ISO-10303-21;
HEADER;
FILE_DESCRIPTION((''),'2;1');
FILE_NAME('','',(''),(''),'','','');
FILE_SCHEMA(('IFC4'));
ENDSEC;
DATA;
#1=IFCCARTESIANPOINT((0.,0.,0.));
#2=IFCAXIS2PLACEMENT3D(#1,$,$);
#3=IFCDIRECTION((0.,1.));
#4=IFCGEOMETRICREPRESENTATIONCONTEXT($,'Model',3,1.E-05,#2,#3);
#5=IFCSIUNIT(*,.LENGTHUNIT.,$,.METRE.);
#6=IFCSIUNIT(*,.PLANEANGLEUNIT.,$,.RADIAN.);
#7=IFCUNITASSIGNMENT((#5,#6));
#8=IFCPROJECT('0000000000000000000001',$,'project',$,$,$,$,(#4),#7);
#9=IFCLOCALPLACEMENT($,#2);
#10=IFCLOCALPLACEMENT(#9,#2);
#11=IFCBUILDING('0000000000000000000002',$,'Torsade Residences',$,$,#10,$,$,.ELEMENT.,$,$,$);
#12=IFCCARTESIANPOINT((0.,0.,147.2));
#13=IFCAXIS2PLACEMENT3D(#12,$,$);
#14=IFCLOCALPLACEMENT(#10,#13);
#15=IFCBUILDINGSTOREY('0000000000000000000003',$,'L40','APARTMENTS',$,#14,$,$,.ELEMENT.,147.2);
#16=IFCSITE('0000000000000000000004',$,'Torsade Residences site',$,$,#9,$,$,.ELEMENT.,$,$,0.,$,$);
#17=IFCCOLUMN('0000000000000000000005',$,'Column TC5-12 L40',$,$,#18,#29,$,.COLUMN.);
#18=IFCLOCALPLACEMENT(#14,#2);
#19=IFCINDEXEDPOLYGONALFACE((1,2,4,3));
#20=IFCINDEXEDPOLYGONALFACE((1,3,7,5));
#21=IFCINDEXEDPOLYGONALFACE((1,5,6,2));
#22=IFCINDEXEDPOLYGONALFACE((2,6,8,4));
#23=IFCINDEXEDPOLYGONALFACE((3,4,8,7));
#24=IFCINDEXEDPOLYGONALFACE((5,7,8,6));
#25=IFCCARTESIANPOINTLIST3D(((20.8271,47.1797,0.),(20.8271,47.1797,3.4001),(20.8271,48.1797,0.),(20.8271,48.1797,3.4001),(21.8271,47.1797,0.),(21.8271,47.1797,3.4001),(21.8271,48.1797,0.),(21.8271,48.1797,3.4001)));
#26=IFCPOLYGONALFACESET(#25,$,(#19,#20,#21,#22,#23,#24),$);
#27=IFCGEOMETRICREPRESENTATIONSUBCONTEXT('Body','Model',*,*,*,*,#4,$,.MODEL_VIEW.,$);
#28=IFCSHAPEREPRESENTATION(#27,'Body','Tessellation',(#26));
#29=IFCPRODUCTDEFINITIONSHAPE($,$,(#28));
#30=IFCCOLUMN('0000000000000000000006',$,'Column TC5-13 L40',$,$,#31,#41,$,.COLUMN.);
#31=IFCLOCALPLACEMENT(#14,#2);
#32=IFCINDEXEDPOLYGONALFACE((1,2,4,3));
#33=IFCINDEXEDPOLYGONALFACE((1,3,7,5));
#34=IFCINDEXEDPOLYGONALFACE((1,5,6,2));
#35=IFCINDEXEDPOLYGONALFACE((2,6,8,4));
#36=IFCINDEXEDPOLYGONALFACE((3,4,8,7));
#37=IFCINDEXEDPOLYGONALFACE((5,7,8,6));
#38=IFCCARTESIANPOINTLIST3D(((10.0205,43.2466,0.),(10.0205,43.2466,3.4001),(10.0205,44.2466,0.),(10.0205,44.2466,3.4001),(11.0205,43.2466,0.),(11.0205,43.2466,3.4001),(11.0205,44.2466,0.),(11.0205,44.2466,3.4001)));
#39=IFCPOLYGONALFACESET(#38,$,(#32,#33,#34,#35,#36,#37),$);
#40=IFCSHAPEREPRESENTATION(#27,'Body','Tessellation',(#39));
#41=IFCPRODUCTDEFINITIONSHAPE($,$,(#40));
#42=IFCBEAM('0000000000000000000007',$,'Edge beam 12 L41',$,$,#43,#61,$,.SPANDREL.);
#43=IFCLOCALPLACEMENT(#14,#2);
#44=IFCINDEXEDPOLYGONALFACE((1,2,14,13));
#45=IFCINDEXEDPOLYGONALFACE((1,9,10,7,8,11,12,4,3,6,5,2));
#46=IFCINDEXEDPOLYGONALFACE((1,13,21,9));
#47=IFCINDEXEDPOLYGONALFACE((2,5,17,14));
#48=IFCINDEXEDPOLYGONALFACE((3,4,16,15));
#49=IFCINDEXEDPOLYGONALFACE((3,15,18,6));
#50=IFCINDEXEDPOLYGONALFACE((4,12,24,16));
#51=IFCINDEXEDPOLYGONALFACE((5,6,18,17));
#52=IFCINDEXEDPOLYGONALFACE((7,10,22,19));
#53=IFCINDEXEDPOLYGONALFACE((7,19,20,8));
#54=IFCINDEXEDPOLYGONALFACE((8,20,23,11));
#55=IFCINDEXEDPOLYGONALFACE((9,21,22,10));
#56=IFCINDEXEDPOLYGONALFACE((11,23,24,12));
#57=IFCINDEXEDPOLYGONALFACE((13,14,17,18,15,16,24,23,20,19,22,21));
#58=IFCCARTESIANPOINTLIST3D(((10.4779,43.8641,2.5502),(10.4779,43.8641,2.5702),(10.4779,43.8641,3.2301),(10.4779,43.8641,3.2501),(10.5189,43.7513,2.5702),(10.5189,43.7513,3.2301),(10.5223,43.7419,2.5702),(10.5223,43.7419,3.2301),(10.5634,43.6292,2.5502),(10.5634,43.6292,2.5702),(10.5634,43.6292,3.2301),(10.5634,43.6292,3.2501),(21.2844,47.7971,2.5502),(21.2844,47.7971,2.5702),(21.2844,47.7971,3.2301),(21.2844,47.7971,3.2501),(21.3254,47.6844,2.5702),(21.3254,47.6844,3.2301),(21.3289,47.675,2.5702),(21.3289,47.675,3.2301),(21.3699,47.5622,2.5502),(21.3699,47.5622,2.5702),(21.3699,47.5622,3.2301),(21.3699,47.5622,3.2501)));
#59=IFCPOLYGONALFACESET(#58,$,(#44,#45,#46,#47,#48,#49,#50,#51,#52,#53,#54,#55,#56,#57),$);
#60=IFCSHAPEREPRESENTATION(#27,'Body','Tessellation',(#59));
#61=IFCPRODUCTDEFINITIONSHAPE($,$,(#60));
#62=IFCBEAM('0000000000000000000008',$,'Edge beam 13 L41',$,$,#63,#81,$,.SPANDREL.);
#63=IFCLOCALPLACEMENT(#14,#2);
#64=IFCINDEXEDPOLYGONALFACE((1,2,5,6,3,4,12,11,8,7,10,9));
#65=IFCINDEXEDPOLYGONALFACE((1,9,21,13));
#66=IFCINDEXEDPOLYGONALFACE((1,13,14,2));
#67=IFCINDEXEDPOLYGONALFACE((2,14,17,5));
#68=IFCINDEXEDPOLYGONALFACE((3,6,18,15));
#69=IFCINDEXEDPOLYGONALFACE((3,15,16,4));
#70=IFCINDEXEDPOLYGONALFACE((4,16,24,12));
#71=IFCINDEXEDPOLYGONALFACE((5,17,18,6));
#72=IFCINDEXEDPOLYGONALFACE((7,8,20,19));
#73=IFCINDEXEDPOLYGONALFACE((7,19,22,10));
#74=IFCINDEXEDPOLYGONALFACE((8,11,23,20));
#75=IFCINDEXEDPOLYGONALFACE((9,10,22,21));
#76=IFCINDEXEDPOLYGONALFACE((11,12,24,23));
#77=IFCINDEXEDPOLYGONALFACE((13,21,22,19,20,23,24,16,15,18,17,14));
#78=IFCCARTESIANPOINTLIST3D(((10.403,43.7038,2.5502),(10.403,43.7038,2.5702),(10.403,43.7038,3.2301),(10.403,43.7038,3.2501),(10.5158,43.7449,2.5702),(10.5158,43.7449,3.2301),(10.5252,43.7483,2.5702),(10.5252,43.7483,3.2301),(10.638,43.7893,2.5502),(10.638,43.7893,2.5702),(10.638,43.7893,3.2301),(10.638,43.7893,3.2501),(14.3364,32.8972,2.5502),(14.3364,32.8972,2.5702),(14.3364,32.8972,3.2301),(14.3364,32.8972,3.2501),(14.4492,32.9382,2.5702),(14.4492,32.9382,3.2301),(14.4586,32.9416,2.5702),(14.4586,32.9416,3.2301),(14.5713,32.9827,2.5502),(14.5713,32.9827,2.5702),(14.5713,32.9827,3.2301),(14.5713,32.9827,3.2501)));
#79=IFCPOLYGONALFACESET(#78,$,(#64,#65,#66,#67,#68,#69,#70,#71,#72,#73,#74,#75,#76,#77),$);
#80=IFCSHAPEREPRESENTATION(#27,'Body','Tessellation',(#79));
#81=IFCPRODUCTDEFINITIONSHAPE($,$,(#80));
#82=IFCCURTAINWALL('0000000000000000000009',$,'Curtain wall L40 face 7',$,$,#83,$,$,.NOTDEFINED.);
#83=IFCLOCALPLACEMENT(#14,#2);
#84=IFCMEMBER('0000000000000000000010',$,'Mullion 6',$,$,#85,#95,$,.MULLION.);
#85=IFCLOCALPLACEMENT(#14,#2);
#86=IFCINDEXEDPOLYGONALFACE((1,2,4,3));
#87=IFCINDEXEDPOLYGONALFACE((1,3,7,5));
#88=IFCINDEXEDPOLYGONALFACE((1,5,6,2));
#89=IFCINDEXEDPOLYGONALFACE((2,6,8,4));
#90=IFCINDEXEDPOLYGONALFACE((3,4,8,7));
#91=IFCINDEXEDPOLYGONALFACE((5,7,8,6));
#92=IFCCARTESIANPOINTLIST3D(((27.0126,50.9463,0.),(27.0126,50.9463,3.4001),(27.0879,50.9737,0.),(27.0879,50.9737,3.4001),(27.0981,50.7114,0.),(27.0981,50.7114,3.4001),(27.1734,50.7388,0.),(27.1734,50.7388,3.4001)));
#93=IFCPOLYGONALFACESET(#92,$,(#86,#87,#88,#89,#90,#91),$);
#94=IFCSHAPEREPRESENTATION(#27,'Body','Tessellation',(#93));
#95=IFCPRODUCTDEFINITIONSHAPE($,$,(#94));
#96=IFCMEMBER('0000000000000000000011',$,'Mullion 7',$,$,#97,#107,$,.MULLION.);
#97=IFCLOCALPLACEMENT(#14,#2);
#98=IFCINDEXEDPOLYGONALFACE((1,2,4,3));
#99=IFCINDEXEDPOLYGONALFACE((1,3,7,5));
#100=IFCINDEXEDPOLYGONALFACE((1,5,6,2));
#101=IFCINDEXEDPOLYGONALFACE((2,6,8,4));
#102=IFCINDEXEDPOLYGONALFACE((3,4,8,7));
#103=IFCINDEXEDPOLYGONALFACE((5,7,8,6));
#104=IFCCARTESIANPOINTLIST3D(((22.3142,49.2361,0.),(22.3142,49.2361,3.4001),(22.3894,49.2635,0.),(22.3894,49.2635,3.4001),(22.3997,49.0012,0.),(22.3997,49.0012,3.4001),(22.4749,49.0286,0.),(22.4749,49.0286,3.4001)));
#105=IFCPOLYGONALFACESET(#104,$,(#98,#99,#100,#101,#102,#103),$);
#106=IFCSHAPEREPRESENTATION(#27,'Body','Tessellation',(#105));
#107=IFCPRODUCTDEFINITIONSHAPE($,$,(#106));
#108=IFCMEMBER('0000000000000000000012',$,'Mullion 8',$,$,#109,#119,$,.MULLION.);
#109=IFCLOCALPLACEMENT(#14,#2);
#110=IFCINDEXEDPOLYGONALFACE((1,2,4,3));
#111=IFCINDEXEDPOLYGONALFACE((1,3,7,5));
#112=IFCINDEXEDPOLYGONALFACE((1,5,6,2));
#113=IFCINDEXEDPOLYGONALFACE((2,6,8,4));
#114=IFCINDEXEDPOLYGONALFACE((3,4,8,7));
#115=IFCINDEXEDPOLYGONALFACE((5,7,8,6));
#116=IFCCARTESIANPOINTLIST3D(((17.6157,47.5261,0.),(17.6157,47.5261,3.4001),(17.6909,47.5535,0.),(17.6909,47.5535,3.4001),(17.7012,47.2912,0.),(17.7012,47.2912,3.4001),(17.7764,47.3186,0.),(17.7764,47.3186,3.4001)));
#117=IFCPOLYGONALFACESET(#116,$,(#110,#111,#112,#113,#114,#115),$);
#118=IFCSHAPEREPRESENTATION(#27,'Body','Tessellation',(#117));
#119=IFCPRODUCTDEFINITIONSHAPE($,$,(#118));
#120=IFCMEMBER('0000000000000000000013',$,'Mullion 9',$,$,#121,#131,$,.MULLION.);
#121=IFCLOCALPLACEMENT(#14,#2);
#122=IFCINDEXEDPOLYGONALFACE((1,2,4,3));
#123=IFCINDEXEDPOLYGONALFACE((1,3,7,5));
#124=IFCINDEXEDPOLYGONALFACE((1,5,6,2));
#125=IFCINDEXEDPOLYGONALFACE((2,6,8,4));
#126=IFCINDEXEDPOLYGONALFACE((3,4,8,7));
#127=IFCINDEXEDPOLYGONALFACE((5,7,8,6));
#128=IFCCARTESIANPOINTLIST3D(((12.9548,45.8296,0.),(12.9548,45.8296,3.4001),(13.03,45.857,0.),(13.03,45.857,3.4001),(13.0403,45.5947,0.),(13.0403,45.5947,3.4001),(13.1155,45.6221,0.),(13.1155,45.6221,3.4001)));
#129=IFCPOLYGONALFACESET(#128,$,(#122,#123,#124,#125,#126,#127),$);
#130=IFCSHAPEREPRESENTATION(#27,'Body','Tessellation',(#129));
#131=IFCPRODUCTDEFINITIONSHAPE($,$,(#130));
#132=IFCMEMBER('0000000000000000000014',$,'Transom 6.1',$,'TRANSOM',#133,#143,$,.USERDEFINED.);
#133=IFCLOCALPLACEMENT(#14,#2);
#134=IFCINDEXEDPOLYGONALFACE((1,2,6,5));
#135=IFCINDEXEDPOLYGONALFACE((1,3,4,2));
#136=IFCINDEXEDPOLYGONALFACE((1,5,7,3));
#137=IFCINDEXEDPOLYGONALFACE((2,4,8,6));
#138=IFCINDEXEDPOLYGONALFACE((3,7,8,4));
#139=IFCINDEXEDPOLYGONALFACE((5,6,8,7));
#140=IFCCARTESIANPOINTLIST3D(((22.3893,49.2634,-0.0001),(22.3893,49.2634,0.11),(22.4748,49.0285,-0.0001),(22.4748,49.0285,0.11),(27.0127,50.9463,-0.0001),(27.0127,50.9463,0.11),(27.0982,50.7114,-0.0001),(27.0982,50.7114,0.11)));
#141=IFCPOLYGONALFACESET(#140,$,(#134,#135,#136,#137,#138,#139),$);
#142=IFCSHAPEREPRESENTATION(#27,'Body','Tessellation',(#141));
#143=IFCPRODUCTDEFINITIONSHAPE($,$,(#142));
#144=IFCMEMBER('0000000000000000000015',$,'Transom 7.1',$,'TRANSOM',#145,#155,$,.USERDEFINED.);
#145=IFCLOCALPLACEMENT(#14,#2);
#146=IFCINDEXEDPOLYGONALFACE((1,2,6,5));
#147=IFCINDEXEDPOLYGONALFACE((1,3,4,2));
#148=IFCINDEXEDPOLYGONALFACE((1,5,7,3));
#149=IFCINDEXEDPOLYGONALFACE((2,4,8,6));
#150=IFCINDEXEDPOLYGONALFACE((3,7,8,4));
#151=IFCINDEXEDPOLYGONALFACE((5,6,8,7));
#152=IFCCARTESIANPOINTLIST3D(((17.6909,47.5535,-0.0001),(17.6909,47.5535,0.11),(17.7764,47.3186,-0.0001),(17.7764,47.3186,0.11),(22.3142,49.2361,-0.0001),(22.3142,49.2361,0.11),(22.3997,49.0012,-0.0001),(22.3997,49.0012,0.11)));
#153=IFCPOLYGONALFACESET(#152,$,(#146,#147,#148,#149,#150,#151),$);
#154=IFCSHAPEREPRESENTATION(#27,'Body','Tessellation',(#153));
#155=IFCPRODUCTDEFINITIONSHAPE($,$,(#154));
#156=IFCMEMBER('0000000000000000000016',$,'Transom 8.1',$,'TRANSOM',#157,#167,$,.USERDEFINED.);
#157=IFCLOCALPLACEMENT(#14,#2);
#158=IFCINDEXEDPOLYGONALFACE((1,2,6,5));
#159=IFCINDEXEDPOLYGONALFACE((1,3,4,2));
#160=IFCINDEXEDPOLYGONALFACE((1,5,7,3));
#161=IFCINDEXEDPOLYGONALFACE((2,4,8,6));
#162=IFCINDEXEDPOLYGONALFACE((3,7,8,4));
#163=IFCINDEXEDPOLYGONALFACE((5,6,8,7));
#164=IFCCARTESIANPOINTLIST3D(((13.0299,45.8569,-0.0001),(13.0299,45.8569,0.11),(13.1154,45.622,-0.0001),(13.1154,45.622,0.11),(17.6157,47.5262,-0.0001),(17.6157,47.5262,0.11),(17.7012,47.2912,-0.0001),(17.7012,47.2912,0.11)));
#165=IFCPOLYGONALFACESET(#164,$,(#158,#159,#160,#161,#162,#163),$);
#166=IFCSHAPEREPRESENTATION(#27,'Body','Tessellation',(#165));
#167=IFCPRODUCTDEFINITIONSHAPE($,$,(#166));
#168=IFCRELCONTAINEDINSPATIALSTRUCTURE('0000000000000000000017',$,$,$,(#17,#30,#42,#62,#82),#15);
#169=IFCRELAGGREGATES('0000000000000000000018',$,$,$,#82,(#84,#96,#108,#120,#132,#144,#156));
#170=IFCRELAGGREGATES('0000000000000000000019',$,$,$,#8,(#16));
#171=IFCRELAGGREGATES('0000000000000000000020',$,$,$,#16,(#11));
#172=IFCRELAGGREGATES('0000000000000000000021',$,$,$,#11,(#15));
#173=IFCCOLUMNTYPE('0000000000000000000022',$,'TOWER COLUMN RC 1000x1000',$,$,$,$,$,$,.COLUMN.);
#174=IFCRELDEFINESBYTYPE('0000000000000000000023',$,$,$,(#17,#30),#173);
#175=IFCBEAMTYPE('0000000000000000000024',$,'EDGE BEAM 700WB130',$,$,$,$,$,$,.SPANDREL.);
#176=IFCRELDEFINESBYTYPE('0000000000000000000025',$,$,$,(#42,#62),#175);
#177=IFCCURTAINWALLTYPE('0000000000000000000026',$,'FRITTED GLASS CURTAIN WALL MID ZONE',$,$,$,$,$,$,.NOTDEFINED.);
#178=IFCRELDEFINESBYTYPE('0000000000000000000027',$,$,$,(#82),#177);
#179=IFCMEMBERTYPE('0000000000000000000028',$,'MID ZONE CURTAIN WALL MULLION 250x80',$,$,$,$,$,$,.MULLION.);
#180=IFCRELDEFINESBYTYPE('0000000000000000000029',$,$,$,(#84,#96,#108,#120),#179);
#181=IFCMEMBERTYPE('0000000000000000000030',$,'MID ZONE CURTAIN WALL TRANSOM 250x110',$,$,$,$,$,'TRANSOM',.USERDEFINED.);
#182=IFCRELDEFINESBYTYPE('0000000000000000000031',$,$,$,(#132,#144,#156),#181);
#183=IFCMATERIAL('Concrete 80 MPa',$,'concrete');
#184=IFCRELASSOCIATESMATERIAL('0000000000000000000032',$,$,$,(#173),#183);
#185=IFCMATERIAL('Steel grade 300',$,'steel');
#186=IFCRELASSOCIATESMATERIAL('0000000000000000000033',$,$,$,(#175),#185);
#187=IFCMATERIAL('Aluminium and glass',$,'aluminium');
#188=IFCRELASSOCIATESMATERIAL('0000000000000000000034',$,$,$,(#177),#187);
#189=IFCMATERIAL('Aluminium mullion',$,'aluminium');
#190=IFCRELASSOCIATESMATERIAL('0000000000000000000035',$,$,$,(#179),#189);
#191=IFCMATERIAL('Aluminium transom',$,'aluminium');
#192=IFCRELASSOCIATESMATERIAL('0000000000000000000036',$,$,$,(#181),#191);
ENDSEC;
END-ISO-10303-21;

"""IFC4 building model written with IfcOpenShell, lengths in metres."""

from ifc_helpers import new_model, si_unit, direction, frame, origin, origin_2d, place, context, subcontext, project, spatial, rectangle, i_section, extrude, material, material_profile, profile_set, type_object, element, aggregate, save


model = new_model("IFC4")

# Units and contexts
model_context = context("Model", 3, precision=1e-05, world=origin(), true_north=direction((0.0, 1.0)))
body_context = subcontext(model_context, "Body", "Model", "MODEL_VIEW")
ifc_project = project(units=[si_unit("LENGTHUNIT", "METRE"), si_unit("PLANEANGLEUNIT", "RADIAN")], contexts=[model_context])

# Site, building, storey
site_placement = place(None, origin())
site = spatial("IfcSite", under=ifc_project, at=site_placement, Name="Torsade Residences site", CompositionType="ELEMENT", RefElevation=0.0)
building_placement = place(site_placement, origin())
building = spatial("IfcBuilding", under=site, at=building_placement, Name="Torsade Residences", CompositionType="ELEMENT")
storey_placement = place(building_placement, frame((0.0, 0.0, 147.2)))
storey = spatial("IfcBuildingStorey", under=building, at=storey_placement, Name="L40", Description="APARTMENTS", CompositionType="ELEMENT", Elevation=147.2)

# Columns
ifc_material_1 = material(Name="Concrete 80 MPa", Category="concrete")
ifc_material_profile_1 = material_profile(ifc_material_1, rectangle(XDim=1.0, YDim=1.0, at=origin_2d()), Name="RC 1000x1000")
ifc_profile_set_1 = profile_set([ifc_material_profile_1], Name="Concrete 80 MPa")
column_type = type_object("IfcColumnType", Name="TOWER COLUMN RC 1000x1000", PredefinedType="COLUMN", material=ifc_profile_set_1)
for number, where, z_axis, x_axis, name in (
    (1, (21.3271, 47.6797, 0.0), (0.0, 0.0, 1.0), (1.0, 0.0, 0.0), "Column TC5-12 L40"),
    (2, (10.5205, 43.7466, 0.0), (0.0, 0.0, 1.0), (1.0, 0.0, 0.0), "Column TC5-13 L40"),
):
    element("IfcColumn", number, at=place(storey_placement, frame(where, z_axis=z_axis, x_axis=x_axis)), inside=storey, type_object=column_type, Name=name, PredefinedType="COLUMN", context=body_context, shape_type="SweptSolid", body=[
        extrude(rectangle(XDim=1.0, YDim=1.0, at=origin_2d()), origin(), (0.0, 0.0, 1.0), 3.4001),
    ])

# Beams
ifc_material_2 = material(Name="Steel grade 300", Category="steel")
ifc_material_profile_2 = material_profile(ifc_material_2, i_section(OverallWidth=0.25, OverallDepth=0.7, WebThickness=0.01, FlangeThickness=0.02, at=origin_2d()), Name="700WB130")
ifc_profile_set_2 = profile_set([ifc_material_profile_2], Name="Steel grade 300")
beam_type_1 = type_object("IfcBeamType", Name="EDGE BEAM 700WB130", PredefinedType="SPANDREL", material=ifc_profile_set_2)
beam_1_placement = place(storey_placement, frame((21.3271, 47.6797, 2.9001), z_axis=(-0.939698, -0.342006, 0.0), x_axis=(0.342006, -0.939698, 0.0)))
element("IfcBeam", 3, at=beam_1_placement, inside=storey, type_object=beam_type_1, Name="Edge beam 12 L41", PredefinedType="SPANDREL", context=body_context, shape_type="SweptSolid", body=[
    extrude(i_section(OverallWidth=0.25, OverallDepth=0.7, WebThickness=0.01, FlangeThickness=0.02, at=origin_2d()), origin(), (0.0, 0.0, 1.0), 11.5),
])
beam_2_placement = place(storey_placement, frame((10.5205, 43.7466, 2.9001), z_axis=(0.342024, -0.939691, 0.0), x_axis=(0.939691, 0.342024, 0.0)))
element("IfcBeam", 4, at=beam_2_placement, inside=storey, type_object=beam_type_1, Name="Edge beam 13 L41", PredefinedType="SPANDREL", context=body_context, shape_type="SweptSolid", body=[
    extrude(i_section(OverallWidth=0.25, OverallDepth=0.7, WebThickness=0.01, FlangeThickness=0.02, at=origin_2d()), origin(), (0.0, 0.0, 1.0), 11.5002),
])

# Curtain wall, members
ifc_material_3 = material(Name="Aluminium and glass", Category="aluminium")
curtain_wall_type = type_object("IfcCurtainWallType", Name="FRITTED GLASS CURTAIN WALL MID ZONE", PredefinedType="NOTDEFINED", material=ifc_material_3)
curtain_wall_placement = place(storey_placement, origin())
curtain_wall = element("IfcCurtainWall", 5, at=curtain_wall_placement, inside=storey, type_object=curtain_wall_type, Name="Curtain wall L40 face 7", PredefinedType="NOTDEFINED")
ifc_material_4 = material(Name="Aluminium mullion", Category="aluminium")
ifc_material_profile_3 = material_profile(ifc_material_4, rectangle(XDim=0.25, YDim=0.0801, at=origin_2d()), Name="MID ZONE CURTAIN WALL MULLION 250x80")
ifc_profile_set_3 = profile_set([ifc_material_profile_3], Name="Aluminium mullion")
member_type_1 = type_object("IfcMemberType", Name="MID ZONE CURTAIN WALL MULLION 250x80", PredefinedType="MULLION", material=ifc_profile_set_3)
member_1_placement = place(storey_placement, frame((27.093, 50.8425, 0.0), z_axis=(0.0, 0.0, 1.0), x_axis=(0.34202, -0.939693, 0.0)))
member_1 = element("IfcMember", 6, at=member_1_placement, type_object=member_type_1, Name="Mullion 6", PredefinedType="MULLION", context=body_context, shape_type="SweptSolid", body=[
    extrude(rectangle(XDim=0.25, YDim=0.0801, at=origin_2d()), origin(), (0.0, 0.0, 1.0), 3.4001),
])
member_2_placement = place(storey_placement, frame((22.3945, 49.1323, 0.0), z_axis=(0.0, 0.0, 1.0), x_axis=(0.34202, -0.939693, 0.0)))
member_2 = element("IfcMember", 7, at=member_2_placement, type_object=member_type_1, Name="Mullion 7", PredefinedType="MULLION", context=body_context, shape_type="SweptSolid", body=[
    extrude(rectangle(XDim=0.25, YDim=0.0801, at=origin_2d()), origin(), (0.0, 0.0, 1.0), 3.4001),
])
member_3_placement = place(storey_placement, frame((17.696, 47.4224, 0.0), z_axis=(0.0, 0.0, 1.0), x_axis=(0.34202, -0.939693, 0.0)))
member_3 = element("IfcMember", 8, at=member_3_placement, type_object=member_type_1, Name="Mullion 8", PredefinedType="MULLION", context=body_context, shape_type="SweptSolid", body=[
    extrude(rectangle(XDim=0.25, YDim=0.0801, at=origin_2d()), origin(), (0.0, 0.0, 1.0), 3.4001),
])
member_4_placement = place(storey_placement, frame((13.0352, 45.7258, 0.0), z_axis=(0.0, 0.0, 1.0), x_axis=(0.34202, -0.939693, 0.0)))
member_4 = element("IfcMember", 9, at=member_4_placement, type_object=member_type_1, Name="Mullion 9", PredefinedType="MULLION", context=body_context, shape_type="SweptSolid", body=[
    extrude(rectangle(XDim=0.25, YDim=0.0801, at=origin_2d()), origin(), (0.0, 0.0, 1.0), 3.4001),
])
ifc_material_5 = material(Name="Aluminium transom", Category="aluminium")
ifc_material_profile_4 = material_profile(ifc_material_5, rectangle(XDim=0.25, YDim=0.1101, at=origin_2d()), Name="MID ZONE CURTAIN WALL TRANSOM 250x110")
ifc_profile_set_4 = profile_set([ifc_material_profile_4], Name="Aluminium transom")
member_type_2 = type_object("IfcMemberType", Name="MID ZONE CURTAIN WALL TRANSOM 250x110", ElementType="TRANSOM", PredefinedType="USERDEFINED", material=ifc_profile_set_4)
member_5_placement = place(storey_placement, frame((27.0554, 50.8289, 0.0549), z_axis=(-0.939685, -0.342042, 0.0), x_axis=(0.342042, -0.939685, 0.0)))
member_5 = element("IfcMember", 10, at=member_5_placement, type_object=member_type_2, Name="Transom 6.1", ObjectType="TRANSOM", PredefinedType="USERDEFINED", context=body_context, shape_type="SweptSolid", body=[
    extrude(rectangle(XDim=0.25, YDim=0.1101, at=origin_2d()), origin(), (0.0, 0.0, 1.0), 4.9202),
])
member_6_placement = place(storey_placement, frame((22.3569, 49.1187, 0.0549), z_axis=(-0.939701, -0.341998, 0.0), x_axis=(0.341998, -0.939701, 0.0)))
member_6 = element("IfcMember", 11, at=member_6_placement, type_object=member_type_2, Name="Transom 7.1", ObjectType="TRANSOM", PredefinedType="USERDEFINED", context=body_context, shape_type="SweptSolid", body=[
    extrude(rectangle(XDim=0.25, YDim=0.1101, at=origin_2d()), origin(), (0.0, 0.0, 1.0), 4.9199),
])
member_7_placement = place(storey_placement, frame((17.6584, 47.4087, 0.0549), z_axis=(-0.939684, -0.342044, 0.0), x_axis=(0.342044, -0.939684, 0.0)))
member_7 = element("IfcMember", 12, at=member_7_placement, type_object=member_type_2, Name="Transom 8.1", ObjectType="TRANSOM", PredefinedType="USERDEFINED", context=body_context, shape_type="SweptSolid", body=[
    extrude(rectangle(XDim=0.25, YDim=0.1101, at=origin_2d()), origin(), (0.0, 0.0, 1.0), 4.8801),
])

aggregate(curtain_wall, [member_1, member_2, member_3, member_4, member_5, member_6, member_7])

save(model, "model.ifc")
